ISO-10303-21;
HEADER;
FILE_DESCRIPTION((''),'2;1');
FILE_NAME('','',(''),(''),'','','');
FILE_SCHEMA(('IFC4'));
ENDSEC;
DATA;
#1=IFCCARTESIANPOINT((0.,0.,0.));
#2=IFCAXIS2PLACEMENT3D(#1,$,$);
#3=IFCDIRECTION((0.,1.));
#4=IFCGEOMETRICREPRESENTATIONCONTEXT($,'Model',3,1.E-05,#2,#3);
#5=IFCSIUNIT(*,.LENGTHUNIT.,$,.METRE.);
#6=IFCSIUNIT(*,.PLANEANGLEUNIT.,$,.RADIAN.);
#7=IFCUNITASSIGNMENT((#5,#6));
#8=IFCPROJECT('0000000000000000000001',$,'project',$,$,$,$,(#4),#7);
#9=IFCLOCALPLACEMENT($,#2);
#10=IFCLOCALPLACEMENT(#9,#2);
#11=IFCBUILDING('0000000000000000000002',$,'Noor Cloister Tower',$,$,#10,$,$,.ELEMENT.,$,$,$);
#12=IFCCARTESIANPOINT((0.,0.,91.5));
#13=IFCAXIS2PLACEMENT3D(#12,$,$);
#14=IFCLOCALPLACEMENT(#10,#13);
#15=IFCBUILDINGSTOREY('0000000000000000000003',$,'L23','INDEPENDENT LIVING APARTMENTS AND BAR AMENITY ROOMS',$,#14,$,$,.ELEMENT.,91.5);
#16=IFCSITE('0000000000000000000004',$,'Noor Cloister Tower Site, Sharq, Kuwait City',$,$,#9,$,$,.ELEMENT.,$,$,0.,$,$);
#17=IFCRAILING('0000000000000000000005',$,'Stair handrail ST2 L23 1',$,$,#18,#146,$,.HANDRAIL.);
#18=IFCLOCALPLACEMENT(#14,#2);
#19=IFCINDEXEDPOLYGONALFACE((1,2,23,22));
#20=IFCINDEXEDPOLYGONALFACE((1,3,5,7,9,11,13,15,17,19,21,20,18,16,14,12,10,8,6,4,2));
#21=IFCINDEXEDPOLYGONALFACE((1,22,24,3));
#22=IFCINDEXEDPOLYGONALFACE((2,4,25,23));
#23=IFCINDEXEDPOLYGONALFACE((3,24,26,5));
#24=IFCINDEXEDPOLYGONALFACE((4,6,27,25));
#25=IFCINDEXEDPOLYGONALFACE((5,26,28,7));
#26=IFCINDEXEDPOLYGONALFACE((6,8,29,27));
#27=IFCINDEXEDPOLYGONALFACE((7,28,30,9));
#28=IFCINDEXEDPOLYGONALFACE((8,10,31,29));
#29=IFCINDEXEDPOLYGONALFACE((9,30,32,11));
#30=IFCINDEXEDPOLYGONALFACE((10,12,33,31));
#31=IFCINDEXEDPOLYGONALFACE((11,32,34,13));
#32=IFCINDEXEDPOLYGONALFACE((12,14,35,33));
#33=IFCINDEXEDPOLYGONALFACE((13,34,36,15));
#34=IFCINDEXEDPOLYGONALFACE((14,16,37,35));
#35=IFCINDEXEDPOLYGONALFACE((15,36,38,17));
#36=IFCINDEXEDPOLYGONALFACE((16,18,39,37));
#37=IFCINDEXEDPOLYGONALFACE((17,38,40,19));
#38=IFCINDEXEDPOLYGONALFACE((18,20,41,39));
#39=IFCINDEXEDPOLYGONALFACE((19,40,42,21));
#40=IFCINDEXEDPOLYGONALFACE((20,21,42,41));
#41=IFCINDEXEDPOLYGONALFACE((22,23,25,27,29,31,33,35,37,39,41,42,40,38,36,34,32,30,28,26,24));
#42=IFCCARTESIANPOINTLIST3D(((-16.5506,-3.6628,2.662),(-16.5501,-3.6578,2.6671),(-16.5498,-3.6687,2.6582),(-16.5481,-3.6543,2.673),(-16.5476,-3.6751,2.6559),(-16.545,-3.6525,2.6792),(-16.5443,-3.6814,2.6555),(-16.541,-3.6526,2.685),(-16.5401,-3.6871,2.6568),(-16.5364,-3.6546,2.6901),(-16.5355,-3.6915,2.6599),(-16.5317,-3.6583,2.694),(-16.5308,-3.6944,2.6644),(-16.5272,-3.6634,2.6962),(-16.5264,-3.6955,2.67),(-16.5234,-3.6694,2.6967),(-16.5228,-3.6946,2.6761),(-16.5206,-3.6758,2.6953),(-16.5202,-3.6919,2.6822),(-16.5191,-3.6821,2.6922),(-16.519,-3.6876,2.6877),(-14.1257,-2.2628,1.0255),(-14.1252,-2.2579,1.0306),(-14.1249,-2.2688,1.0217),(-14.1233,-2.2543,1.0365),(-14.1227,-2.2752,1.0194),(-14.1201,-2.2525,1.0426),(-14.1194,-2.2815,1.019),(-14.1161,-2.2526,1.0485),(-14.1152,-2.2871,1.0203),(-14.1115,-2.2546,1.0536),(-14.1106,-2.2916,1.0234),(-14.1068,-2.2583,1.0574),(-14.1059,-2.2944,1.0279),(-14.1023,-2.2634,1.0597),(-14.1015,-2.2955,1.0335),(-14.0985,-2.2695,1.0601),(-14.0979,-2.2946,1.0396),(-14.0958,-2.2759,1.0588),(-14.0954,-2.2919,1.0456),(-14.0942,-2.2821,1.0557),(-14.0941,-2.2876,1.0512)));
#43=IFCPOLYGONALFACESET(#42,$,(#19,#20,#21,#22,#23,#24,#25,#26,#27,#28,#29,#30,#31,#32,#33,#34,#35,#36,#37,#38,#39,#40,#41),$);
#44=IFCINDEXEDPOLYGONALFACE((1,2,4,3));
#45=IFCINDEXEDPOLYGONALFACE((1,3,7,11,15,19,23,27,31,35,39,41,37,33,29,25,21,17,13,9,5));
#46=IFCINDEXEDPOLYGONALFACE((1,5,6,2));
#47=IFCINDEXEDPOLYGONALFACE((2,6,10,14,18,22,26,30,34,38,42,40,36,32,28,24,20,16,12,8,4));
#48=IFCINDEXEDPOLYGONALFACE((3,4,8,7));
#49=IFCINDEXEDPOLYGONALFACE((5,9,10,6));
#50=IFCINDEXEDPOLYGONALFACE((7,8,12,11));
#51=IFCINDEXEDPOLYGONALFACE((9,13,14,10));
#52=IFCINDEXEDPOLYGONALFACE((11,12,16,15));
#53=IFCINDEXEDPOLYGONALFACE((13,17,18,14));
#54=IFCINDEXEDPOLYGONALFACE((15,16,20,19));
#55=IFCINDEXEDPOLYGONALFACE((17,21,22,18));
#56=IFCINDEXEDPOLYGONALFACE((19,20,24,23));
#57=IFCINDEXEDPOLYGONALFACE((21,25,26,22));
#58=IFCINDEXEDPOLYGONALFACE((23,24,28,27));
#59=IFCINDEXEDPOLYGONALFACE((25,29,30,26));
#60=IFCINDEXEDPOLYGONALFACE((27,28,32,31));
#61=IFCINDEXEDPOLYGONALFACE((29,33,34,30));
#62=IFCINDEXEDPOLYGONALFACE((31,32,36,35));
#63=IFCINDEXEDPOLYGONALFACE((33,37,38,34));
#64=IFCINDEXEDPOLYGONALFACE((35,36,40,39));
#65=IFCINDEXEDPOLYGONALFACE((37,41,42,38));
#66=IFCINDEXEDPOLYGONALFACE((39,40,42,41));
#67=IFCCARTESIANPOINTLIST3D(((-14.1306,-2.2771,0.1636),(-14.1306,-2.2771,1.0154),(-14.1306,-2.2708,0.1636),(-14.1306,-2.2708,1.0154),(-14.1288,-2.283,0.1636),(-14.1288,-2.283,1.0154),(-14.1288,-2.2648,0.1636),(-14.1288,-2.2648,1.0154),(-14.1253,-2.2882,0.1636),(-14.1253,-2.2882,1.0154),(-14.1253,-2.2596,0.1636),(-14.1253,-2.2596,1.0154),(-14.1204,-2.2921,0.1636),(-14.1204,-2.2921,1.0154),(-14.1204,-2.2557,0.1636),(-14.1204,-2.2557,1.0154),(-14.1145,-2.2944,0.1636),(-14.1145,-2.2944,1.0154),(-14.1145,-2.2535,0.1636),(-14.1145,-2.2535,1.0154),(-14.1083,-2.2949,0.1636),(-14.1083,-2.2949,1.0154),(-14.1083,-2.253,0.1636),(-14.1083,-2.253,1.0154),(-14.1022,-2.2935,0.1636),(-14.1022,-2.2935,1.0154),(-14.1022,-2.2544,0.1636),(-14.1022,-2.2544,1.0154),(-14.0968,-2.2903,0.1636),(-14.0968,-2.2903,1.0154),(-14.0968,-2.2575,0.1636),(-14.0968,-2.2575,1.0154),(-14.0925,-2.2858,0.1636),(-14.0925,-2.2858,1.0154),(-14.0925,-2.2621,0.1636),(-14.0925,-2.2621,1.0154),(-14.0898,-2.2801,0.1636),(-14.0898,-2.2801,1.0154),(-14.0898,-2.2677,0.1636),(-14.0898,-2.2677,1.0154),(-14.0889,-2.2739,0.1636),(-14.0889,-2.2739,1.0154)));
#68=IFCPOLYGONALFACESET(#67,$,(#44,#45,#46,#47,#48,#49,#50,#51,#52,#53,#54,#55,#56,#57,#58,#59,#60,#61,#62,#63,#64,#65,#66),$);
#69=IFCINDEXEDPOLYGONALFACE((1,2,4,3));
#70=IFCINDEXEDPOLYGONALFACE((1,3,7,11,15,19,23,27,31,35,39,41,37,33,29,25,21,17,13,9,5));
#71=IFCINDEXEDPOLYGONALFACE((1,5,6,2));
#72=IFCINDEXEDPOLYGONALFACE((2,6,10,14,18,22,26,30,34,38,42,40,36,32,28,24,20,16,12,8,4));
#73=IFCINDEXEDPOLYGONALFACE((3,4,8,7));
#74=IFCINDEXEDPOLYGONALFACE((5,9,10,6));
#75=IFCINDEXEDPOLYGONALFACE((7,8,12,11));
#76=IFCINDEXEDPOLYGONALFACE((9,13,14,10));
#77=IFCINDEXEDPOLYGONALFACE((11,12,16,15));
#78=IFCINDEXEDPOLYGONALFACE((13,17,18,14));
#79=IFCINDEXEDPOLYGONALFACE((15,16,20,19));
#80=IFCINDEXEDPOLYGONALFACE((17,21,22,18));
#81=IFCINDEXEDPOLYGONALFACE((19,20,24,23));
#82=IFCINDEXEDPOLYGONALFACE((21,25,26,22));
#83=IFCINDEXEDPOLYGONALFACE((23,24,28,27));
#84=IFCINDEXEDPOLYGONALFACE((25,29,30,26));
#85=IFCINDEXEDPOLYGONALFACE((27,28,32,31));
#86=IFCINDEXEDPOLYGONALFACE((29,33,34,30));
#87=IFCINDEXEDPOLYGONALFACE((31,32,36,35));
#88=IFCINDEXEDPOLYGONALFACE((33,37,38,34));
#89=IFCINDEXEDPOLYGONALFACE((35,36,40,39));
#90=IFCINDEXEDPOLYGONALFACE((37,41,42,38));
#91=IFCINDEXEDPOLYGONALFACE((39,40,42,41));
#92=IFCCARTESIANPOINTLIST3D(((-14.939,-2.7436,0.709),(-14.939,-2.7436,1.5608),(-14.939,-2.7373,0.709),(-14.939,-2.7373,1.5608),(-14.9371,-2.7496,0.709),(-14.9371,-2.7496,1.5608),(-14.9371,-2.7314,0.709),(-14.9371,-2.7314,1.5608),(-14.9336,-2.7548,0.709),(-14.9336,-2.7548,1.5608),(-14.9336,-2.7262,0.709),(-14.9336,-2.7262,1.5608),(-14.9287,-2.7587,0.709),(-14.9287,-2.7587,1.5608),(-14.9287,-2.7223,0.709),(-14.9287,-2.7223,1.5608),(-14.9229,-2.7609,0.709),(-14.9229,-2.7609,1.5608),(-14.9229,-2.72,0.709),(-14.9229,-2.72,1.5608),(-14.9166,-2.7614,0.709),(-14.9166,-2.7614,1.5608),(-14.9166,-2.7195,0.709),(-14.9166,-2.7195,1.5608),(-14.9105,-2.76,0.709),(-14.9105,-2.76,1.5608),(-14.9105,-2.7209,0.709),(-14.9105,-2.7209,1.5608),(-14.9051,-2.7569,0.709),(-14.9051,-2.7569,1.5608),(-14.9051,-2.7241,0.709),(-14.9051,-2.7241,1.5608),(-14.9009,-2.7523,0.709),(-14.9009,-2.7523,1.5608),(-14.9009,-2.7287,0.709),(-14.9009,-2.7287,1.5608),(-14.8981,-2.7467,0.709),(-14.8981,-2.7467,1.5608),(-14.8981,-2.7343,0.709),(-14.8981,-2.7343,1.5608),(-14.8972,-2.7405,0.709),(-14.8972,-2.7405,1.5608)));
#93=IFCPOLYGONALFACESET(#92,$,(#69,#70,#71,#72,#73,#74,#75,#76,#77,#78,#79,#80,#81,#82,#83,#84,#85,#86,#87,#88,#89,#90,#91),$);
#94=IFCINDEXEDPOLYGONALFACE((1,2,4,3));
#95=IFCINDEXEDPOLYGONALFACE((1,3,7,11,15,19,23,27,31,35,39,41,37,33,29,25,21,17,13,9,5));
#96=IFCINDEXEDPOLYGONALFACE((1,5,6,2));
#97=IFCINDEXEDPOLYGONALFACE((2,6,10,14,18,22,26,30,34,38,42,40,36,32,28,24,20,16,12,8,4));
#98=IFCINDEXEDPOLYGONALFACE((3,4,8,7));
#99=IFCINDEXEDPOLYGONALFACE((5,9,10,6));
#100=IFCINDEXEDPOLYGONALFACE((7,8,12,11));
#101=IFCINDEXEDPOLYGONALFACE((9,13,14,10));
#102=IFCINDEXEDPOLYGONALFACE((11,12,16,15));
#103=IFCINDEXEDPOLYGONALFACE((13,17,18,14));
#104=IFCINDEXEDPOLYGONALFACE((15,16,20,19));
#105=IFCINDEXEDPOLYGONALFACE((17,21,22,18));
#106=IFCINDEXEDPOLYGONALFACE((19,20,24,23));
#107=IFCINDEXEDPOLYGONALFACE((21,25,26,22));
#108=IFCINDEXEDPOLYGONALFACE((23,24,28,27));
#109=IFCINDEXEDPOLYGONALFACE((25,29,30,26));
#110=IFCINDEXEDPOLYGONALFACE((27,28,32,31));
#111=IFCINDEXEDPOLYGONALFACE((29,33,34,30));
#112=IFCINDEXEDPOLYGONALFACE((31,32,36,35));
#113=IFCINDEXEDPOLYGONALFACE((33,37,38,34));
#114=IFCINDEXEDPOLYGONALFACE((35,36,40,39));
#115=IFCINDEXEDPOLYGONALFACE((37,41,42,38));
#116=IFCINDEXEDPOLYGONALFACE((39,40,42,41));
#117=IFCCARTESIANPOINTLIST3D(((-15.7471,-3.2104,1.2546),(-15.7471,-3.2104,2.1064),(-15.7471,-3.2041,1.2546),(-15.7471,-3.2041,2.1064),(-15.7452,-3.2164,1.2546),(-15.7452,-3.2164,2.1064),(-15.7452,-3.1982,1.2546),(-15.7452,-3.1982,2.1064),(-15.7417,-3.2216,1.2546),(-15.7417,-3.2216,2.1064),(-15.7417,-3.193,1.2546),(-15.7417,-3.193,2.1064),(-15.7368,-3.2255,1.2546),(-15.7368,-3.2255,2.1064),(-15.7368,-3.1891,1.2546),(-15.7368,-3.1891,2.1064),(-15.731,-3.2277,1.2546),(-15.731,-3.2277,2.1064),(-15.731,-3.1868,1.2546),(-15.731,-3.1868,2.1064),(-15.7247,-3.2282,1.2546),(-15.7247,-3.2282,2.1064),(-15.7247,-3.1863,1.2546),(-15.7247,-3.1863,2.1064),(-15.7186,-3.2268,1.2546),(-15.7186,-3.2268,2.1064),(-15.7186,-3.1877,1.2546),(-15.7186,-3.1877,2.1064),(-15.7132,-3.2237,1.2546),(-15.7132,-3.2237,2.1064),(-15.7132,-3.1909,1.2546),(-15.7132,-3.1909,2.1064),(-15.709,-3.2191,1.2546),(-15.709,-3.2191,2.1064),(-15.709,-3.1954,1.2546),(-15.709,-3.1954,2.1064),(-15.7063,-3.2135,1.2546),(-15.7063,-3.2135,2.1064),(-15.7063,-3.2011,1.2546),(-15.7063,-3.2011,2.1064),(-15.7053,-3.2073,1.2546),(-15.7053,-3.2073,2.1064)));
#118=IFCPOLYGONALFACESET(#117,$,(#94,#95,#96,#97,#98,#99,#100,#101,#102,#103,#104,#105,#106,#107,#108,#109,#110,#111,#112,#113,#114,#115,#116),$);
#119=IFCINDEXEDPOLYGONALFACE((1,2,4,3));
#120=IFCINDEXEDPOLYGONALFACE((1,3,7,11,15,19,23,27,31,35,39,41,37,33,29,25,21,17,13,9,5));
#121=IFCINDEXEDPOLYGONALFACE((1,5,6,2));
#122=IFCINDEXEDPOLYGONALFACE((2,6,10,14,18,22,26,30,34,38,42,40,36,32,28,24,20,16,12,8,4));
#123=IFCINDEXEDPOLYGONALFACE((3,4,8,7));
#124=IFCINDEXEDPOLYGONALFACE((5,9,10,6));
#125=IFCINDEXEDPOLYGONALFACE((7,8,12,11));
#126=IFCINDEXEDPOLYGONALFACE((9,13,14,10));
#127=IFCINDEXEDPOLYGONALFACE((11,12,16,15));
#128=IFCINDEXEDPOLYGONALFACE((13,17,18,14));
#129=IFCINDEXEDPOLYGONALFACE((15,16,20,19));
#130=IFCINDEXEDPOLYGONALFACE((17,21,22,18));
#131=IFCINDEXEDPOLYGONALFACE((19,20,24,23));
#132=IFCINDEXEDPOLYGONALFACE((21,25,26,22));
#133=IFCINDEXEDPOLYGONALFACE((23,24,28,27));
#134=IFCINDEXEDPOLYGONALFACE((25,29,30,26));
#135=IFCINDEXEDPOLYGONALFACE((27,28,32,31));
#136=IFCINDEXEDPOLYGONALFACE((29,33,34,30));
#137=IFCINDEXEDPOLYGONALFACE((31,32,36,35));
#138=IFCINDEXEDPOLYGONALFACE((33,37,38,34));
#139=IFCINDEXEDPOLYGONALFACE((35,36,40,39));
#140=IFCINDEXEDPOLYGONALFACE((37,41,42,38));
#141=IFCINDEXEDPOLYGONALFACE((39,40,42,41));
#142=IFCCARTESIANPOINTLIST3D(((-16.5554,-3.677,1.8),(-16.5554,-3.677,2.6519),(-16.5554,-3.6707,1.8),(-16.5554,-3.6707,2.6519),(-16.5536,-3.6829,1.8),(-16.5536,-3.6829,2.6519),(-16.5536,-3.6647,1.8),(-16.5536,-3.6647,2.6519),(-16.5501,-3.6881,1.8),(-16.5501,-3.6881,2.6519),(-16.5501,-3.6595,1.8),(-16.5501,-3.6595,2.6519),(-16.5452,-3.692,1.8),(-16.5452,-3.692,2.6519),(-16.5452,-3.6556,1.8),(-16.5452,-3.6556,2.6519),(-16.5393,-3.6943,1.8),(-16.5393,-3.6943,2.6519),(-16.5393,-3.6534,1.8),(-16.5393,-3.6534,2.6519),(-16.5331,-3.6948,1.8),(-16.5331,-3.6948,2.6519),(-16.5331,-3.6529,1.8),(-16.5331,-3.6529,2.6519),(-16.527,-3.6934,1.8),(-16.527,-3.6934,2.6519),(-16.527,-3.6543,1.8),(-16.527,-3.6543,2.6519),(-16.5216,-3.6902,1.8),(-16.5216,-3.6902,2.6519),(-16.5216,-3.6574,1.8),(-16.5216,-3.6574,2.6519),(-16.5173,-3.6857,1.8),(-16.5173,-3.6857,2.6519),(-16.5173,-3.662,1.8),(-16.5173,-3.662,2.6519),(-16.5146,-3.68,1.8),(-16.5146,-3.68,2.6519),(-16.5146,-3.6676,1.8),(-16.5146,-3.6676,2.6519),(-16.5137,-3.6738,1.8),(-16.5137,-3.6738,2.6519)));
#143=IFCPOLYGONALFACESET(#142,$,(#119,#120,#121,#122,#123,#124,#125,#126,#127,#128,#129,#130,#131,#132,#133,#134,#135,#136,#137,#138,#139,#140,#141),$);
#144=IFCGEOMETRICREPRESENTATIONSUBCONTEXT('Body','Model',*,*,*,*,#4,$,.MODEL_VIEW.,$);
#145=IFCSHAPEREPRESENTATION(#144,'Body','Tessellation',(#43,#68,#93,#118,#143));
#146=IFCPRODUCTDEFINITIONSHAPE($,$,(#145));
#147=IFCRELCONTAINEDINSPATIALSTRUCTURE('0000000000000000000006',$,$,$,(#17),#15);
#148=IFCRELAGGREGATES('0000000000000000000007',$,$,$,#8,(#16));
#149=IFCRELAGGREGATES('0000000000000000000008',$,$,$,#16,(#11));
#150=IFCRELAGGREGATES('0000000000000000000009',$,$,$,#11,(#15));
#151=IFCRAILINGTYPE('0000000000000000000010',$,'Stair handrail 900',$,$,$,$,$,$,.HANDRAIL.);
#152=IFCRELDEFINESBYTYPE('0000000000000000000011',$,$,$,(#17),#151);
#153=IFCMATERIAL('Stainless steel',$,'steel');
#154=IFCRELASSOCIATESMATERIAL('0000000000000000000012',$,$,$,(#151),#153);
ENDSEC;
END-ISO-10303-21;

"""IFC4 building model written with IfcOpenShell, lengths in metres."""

from ifc_helpers import new_model, si_unit, direction, frame, origin, origin_2d, place, context, subcontext, project, spatial, circle, extrude, material, type_object, element, save


model = new_model("IFC4")

# Units and contexts
model_context = context("Model", 3, precision=1e-05, world=origin(), true_north=direction((0.0, 1.0)))
body_context = subcontext(model_context, "Body", "Model", "MODEL_VIEW")
ifc_project = project(units=[si_unit("LENGTHUNIT", "METRE"), si_unit("PLANEANGLEUNIT", "RADIAN")], contexts=[model_context])

# Site, building, storey
site_placement = place(None, origin())
site = spatial("IfcSite", under=ifc_project, at=site_placement, Name="Noor Cloister Tower Site, Sharq, Kuwait City", CompositionType="ELEMENT", RefElevation=0.0)
building_placement = place(site_placement, origin())
building = spatial("IfcBuilding", under=site, at=building_placement, Name="Noor Cloister Tower", CompositionType="ELEMENT")
storey_placement = place(building_placement, frame((0.0, 0.0, 91.5)))
storey = spatial("IfcBuildingStorey", under=building, at=storey_placement, Name="L23", Description="INDEPENDENT LIVING APARTMENTS AND BAR AMENITY ROOMS", CompositionType="ELEMENT", Elevation=91.5)

# Railing
ifc_material_1 = material(Name="Stainless steel", Category="steel")
railing_type = type_object("IfcRailingType", Name="Stair handrail 900", PredefinedType="HANDRAIL", material=ifc_material_1)
railing_placement = place(storey_placement, frame((-14.1099, -2.2739, 0.1636)))
element("IfcRailing", 1, at=railing_placement, inside=storey, type_object=railing_type, Name="Stair handrail ST2 L23 1", PredefinedType="HANDRAIL", context=body_context, shape_type="SweptSolid", body=[
    extrude(circle(Radius=0.0239, at=origin_2d()), frame((0.0, 0.0, 0.876), z_axis=(-0.74769, -0.431661, 0.504608), x_axis=(0.499984, -0.866035, 0.0)), (0.0, 0.0, 1.0), 3.2432),
    extrude(circle(Radius=0.021, at=origin_2d()), origin(), (0.0, 0.0, 1.0), 0.8518),
    extrude(circle(Radius=0.021, at=origin_2d()), frame((-0.8083, -0.4666, 0.5454)), (0.0, 0.0, 1.0), 0.8518),
    extrude(circle(Radius=0.021, at=origin_2d()), frame((-1.6165, -0.9333, 1.0911)), (0.0, 0.0, 1.0), 0.8518),
    extrude(circle(Radius=0.021, at=origin_2d()), frame((-2.4248, -1.3999, 1.6365)), (0.0, 0.0, 1.0), 0.8518),
])

save(model, "model.ifc")
